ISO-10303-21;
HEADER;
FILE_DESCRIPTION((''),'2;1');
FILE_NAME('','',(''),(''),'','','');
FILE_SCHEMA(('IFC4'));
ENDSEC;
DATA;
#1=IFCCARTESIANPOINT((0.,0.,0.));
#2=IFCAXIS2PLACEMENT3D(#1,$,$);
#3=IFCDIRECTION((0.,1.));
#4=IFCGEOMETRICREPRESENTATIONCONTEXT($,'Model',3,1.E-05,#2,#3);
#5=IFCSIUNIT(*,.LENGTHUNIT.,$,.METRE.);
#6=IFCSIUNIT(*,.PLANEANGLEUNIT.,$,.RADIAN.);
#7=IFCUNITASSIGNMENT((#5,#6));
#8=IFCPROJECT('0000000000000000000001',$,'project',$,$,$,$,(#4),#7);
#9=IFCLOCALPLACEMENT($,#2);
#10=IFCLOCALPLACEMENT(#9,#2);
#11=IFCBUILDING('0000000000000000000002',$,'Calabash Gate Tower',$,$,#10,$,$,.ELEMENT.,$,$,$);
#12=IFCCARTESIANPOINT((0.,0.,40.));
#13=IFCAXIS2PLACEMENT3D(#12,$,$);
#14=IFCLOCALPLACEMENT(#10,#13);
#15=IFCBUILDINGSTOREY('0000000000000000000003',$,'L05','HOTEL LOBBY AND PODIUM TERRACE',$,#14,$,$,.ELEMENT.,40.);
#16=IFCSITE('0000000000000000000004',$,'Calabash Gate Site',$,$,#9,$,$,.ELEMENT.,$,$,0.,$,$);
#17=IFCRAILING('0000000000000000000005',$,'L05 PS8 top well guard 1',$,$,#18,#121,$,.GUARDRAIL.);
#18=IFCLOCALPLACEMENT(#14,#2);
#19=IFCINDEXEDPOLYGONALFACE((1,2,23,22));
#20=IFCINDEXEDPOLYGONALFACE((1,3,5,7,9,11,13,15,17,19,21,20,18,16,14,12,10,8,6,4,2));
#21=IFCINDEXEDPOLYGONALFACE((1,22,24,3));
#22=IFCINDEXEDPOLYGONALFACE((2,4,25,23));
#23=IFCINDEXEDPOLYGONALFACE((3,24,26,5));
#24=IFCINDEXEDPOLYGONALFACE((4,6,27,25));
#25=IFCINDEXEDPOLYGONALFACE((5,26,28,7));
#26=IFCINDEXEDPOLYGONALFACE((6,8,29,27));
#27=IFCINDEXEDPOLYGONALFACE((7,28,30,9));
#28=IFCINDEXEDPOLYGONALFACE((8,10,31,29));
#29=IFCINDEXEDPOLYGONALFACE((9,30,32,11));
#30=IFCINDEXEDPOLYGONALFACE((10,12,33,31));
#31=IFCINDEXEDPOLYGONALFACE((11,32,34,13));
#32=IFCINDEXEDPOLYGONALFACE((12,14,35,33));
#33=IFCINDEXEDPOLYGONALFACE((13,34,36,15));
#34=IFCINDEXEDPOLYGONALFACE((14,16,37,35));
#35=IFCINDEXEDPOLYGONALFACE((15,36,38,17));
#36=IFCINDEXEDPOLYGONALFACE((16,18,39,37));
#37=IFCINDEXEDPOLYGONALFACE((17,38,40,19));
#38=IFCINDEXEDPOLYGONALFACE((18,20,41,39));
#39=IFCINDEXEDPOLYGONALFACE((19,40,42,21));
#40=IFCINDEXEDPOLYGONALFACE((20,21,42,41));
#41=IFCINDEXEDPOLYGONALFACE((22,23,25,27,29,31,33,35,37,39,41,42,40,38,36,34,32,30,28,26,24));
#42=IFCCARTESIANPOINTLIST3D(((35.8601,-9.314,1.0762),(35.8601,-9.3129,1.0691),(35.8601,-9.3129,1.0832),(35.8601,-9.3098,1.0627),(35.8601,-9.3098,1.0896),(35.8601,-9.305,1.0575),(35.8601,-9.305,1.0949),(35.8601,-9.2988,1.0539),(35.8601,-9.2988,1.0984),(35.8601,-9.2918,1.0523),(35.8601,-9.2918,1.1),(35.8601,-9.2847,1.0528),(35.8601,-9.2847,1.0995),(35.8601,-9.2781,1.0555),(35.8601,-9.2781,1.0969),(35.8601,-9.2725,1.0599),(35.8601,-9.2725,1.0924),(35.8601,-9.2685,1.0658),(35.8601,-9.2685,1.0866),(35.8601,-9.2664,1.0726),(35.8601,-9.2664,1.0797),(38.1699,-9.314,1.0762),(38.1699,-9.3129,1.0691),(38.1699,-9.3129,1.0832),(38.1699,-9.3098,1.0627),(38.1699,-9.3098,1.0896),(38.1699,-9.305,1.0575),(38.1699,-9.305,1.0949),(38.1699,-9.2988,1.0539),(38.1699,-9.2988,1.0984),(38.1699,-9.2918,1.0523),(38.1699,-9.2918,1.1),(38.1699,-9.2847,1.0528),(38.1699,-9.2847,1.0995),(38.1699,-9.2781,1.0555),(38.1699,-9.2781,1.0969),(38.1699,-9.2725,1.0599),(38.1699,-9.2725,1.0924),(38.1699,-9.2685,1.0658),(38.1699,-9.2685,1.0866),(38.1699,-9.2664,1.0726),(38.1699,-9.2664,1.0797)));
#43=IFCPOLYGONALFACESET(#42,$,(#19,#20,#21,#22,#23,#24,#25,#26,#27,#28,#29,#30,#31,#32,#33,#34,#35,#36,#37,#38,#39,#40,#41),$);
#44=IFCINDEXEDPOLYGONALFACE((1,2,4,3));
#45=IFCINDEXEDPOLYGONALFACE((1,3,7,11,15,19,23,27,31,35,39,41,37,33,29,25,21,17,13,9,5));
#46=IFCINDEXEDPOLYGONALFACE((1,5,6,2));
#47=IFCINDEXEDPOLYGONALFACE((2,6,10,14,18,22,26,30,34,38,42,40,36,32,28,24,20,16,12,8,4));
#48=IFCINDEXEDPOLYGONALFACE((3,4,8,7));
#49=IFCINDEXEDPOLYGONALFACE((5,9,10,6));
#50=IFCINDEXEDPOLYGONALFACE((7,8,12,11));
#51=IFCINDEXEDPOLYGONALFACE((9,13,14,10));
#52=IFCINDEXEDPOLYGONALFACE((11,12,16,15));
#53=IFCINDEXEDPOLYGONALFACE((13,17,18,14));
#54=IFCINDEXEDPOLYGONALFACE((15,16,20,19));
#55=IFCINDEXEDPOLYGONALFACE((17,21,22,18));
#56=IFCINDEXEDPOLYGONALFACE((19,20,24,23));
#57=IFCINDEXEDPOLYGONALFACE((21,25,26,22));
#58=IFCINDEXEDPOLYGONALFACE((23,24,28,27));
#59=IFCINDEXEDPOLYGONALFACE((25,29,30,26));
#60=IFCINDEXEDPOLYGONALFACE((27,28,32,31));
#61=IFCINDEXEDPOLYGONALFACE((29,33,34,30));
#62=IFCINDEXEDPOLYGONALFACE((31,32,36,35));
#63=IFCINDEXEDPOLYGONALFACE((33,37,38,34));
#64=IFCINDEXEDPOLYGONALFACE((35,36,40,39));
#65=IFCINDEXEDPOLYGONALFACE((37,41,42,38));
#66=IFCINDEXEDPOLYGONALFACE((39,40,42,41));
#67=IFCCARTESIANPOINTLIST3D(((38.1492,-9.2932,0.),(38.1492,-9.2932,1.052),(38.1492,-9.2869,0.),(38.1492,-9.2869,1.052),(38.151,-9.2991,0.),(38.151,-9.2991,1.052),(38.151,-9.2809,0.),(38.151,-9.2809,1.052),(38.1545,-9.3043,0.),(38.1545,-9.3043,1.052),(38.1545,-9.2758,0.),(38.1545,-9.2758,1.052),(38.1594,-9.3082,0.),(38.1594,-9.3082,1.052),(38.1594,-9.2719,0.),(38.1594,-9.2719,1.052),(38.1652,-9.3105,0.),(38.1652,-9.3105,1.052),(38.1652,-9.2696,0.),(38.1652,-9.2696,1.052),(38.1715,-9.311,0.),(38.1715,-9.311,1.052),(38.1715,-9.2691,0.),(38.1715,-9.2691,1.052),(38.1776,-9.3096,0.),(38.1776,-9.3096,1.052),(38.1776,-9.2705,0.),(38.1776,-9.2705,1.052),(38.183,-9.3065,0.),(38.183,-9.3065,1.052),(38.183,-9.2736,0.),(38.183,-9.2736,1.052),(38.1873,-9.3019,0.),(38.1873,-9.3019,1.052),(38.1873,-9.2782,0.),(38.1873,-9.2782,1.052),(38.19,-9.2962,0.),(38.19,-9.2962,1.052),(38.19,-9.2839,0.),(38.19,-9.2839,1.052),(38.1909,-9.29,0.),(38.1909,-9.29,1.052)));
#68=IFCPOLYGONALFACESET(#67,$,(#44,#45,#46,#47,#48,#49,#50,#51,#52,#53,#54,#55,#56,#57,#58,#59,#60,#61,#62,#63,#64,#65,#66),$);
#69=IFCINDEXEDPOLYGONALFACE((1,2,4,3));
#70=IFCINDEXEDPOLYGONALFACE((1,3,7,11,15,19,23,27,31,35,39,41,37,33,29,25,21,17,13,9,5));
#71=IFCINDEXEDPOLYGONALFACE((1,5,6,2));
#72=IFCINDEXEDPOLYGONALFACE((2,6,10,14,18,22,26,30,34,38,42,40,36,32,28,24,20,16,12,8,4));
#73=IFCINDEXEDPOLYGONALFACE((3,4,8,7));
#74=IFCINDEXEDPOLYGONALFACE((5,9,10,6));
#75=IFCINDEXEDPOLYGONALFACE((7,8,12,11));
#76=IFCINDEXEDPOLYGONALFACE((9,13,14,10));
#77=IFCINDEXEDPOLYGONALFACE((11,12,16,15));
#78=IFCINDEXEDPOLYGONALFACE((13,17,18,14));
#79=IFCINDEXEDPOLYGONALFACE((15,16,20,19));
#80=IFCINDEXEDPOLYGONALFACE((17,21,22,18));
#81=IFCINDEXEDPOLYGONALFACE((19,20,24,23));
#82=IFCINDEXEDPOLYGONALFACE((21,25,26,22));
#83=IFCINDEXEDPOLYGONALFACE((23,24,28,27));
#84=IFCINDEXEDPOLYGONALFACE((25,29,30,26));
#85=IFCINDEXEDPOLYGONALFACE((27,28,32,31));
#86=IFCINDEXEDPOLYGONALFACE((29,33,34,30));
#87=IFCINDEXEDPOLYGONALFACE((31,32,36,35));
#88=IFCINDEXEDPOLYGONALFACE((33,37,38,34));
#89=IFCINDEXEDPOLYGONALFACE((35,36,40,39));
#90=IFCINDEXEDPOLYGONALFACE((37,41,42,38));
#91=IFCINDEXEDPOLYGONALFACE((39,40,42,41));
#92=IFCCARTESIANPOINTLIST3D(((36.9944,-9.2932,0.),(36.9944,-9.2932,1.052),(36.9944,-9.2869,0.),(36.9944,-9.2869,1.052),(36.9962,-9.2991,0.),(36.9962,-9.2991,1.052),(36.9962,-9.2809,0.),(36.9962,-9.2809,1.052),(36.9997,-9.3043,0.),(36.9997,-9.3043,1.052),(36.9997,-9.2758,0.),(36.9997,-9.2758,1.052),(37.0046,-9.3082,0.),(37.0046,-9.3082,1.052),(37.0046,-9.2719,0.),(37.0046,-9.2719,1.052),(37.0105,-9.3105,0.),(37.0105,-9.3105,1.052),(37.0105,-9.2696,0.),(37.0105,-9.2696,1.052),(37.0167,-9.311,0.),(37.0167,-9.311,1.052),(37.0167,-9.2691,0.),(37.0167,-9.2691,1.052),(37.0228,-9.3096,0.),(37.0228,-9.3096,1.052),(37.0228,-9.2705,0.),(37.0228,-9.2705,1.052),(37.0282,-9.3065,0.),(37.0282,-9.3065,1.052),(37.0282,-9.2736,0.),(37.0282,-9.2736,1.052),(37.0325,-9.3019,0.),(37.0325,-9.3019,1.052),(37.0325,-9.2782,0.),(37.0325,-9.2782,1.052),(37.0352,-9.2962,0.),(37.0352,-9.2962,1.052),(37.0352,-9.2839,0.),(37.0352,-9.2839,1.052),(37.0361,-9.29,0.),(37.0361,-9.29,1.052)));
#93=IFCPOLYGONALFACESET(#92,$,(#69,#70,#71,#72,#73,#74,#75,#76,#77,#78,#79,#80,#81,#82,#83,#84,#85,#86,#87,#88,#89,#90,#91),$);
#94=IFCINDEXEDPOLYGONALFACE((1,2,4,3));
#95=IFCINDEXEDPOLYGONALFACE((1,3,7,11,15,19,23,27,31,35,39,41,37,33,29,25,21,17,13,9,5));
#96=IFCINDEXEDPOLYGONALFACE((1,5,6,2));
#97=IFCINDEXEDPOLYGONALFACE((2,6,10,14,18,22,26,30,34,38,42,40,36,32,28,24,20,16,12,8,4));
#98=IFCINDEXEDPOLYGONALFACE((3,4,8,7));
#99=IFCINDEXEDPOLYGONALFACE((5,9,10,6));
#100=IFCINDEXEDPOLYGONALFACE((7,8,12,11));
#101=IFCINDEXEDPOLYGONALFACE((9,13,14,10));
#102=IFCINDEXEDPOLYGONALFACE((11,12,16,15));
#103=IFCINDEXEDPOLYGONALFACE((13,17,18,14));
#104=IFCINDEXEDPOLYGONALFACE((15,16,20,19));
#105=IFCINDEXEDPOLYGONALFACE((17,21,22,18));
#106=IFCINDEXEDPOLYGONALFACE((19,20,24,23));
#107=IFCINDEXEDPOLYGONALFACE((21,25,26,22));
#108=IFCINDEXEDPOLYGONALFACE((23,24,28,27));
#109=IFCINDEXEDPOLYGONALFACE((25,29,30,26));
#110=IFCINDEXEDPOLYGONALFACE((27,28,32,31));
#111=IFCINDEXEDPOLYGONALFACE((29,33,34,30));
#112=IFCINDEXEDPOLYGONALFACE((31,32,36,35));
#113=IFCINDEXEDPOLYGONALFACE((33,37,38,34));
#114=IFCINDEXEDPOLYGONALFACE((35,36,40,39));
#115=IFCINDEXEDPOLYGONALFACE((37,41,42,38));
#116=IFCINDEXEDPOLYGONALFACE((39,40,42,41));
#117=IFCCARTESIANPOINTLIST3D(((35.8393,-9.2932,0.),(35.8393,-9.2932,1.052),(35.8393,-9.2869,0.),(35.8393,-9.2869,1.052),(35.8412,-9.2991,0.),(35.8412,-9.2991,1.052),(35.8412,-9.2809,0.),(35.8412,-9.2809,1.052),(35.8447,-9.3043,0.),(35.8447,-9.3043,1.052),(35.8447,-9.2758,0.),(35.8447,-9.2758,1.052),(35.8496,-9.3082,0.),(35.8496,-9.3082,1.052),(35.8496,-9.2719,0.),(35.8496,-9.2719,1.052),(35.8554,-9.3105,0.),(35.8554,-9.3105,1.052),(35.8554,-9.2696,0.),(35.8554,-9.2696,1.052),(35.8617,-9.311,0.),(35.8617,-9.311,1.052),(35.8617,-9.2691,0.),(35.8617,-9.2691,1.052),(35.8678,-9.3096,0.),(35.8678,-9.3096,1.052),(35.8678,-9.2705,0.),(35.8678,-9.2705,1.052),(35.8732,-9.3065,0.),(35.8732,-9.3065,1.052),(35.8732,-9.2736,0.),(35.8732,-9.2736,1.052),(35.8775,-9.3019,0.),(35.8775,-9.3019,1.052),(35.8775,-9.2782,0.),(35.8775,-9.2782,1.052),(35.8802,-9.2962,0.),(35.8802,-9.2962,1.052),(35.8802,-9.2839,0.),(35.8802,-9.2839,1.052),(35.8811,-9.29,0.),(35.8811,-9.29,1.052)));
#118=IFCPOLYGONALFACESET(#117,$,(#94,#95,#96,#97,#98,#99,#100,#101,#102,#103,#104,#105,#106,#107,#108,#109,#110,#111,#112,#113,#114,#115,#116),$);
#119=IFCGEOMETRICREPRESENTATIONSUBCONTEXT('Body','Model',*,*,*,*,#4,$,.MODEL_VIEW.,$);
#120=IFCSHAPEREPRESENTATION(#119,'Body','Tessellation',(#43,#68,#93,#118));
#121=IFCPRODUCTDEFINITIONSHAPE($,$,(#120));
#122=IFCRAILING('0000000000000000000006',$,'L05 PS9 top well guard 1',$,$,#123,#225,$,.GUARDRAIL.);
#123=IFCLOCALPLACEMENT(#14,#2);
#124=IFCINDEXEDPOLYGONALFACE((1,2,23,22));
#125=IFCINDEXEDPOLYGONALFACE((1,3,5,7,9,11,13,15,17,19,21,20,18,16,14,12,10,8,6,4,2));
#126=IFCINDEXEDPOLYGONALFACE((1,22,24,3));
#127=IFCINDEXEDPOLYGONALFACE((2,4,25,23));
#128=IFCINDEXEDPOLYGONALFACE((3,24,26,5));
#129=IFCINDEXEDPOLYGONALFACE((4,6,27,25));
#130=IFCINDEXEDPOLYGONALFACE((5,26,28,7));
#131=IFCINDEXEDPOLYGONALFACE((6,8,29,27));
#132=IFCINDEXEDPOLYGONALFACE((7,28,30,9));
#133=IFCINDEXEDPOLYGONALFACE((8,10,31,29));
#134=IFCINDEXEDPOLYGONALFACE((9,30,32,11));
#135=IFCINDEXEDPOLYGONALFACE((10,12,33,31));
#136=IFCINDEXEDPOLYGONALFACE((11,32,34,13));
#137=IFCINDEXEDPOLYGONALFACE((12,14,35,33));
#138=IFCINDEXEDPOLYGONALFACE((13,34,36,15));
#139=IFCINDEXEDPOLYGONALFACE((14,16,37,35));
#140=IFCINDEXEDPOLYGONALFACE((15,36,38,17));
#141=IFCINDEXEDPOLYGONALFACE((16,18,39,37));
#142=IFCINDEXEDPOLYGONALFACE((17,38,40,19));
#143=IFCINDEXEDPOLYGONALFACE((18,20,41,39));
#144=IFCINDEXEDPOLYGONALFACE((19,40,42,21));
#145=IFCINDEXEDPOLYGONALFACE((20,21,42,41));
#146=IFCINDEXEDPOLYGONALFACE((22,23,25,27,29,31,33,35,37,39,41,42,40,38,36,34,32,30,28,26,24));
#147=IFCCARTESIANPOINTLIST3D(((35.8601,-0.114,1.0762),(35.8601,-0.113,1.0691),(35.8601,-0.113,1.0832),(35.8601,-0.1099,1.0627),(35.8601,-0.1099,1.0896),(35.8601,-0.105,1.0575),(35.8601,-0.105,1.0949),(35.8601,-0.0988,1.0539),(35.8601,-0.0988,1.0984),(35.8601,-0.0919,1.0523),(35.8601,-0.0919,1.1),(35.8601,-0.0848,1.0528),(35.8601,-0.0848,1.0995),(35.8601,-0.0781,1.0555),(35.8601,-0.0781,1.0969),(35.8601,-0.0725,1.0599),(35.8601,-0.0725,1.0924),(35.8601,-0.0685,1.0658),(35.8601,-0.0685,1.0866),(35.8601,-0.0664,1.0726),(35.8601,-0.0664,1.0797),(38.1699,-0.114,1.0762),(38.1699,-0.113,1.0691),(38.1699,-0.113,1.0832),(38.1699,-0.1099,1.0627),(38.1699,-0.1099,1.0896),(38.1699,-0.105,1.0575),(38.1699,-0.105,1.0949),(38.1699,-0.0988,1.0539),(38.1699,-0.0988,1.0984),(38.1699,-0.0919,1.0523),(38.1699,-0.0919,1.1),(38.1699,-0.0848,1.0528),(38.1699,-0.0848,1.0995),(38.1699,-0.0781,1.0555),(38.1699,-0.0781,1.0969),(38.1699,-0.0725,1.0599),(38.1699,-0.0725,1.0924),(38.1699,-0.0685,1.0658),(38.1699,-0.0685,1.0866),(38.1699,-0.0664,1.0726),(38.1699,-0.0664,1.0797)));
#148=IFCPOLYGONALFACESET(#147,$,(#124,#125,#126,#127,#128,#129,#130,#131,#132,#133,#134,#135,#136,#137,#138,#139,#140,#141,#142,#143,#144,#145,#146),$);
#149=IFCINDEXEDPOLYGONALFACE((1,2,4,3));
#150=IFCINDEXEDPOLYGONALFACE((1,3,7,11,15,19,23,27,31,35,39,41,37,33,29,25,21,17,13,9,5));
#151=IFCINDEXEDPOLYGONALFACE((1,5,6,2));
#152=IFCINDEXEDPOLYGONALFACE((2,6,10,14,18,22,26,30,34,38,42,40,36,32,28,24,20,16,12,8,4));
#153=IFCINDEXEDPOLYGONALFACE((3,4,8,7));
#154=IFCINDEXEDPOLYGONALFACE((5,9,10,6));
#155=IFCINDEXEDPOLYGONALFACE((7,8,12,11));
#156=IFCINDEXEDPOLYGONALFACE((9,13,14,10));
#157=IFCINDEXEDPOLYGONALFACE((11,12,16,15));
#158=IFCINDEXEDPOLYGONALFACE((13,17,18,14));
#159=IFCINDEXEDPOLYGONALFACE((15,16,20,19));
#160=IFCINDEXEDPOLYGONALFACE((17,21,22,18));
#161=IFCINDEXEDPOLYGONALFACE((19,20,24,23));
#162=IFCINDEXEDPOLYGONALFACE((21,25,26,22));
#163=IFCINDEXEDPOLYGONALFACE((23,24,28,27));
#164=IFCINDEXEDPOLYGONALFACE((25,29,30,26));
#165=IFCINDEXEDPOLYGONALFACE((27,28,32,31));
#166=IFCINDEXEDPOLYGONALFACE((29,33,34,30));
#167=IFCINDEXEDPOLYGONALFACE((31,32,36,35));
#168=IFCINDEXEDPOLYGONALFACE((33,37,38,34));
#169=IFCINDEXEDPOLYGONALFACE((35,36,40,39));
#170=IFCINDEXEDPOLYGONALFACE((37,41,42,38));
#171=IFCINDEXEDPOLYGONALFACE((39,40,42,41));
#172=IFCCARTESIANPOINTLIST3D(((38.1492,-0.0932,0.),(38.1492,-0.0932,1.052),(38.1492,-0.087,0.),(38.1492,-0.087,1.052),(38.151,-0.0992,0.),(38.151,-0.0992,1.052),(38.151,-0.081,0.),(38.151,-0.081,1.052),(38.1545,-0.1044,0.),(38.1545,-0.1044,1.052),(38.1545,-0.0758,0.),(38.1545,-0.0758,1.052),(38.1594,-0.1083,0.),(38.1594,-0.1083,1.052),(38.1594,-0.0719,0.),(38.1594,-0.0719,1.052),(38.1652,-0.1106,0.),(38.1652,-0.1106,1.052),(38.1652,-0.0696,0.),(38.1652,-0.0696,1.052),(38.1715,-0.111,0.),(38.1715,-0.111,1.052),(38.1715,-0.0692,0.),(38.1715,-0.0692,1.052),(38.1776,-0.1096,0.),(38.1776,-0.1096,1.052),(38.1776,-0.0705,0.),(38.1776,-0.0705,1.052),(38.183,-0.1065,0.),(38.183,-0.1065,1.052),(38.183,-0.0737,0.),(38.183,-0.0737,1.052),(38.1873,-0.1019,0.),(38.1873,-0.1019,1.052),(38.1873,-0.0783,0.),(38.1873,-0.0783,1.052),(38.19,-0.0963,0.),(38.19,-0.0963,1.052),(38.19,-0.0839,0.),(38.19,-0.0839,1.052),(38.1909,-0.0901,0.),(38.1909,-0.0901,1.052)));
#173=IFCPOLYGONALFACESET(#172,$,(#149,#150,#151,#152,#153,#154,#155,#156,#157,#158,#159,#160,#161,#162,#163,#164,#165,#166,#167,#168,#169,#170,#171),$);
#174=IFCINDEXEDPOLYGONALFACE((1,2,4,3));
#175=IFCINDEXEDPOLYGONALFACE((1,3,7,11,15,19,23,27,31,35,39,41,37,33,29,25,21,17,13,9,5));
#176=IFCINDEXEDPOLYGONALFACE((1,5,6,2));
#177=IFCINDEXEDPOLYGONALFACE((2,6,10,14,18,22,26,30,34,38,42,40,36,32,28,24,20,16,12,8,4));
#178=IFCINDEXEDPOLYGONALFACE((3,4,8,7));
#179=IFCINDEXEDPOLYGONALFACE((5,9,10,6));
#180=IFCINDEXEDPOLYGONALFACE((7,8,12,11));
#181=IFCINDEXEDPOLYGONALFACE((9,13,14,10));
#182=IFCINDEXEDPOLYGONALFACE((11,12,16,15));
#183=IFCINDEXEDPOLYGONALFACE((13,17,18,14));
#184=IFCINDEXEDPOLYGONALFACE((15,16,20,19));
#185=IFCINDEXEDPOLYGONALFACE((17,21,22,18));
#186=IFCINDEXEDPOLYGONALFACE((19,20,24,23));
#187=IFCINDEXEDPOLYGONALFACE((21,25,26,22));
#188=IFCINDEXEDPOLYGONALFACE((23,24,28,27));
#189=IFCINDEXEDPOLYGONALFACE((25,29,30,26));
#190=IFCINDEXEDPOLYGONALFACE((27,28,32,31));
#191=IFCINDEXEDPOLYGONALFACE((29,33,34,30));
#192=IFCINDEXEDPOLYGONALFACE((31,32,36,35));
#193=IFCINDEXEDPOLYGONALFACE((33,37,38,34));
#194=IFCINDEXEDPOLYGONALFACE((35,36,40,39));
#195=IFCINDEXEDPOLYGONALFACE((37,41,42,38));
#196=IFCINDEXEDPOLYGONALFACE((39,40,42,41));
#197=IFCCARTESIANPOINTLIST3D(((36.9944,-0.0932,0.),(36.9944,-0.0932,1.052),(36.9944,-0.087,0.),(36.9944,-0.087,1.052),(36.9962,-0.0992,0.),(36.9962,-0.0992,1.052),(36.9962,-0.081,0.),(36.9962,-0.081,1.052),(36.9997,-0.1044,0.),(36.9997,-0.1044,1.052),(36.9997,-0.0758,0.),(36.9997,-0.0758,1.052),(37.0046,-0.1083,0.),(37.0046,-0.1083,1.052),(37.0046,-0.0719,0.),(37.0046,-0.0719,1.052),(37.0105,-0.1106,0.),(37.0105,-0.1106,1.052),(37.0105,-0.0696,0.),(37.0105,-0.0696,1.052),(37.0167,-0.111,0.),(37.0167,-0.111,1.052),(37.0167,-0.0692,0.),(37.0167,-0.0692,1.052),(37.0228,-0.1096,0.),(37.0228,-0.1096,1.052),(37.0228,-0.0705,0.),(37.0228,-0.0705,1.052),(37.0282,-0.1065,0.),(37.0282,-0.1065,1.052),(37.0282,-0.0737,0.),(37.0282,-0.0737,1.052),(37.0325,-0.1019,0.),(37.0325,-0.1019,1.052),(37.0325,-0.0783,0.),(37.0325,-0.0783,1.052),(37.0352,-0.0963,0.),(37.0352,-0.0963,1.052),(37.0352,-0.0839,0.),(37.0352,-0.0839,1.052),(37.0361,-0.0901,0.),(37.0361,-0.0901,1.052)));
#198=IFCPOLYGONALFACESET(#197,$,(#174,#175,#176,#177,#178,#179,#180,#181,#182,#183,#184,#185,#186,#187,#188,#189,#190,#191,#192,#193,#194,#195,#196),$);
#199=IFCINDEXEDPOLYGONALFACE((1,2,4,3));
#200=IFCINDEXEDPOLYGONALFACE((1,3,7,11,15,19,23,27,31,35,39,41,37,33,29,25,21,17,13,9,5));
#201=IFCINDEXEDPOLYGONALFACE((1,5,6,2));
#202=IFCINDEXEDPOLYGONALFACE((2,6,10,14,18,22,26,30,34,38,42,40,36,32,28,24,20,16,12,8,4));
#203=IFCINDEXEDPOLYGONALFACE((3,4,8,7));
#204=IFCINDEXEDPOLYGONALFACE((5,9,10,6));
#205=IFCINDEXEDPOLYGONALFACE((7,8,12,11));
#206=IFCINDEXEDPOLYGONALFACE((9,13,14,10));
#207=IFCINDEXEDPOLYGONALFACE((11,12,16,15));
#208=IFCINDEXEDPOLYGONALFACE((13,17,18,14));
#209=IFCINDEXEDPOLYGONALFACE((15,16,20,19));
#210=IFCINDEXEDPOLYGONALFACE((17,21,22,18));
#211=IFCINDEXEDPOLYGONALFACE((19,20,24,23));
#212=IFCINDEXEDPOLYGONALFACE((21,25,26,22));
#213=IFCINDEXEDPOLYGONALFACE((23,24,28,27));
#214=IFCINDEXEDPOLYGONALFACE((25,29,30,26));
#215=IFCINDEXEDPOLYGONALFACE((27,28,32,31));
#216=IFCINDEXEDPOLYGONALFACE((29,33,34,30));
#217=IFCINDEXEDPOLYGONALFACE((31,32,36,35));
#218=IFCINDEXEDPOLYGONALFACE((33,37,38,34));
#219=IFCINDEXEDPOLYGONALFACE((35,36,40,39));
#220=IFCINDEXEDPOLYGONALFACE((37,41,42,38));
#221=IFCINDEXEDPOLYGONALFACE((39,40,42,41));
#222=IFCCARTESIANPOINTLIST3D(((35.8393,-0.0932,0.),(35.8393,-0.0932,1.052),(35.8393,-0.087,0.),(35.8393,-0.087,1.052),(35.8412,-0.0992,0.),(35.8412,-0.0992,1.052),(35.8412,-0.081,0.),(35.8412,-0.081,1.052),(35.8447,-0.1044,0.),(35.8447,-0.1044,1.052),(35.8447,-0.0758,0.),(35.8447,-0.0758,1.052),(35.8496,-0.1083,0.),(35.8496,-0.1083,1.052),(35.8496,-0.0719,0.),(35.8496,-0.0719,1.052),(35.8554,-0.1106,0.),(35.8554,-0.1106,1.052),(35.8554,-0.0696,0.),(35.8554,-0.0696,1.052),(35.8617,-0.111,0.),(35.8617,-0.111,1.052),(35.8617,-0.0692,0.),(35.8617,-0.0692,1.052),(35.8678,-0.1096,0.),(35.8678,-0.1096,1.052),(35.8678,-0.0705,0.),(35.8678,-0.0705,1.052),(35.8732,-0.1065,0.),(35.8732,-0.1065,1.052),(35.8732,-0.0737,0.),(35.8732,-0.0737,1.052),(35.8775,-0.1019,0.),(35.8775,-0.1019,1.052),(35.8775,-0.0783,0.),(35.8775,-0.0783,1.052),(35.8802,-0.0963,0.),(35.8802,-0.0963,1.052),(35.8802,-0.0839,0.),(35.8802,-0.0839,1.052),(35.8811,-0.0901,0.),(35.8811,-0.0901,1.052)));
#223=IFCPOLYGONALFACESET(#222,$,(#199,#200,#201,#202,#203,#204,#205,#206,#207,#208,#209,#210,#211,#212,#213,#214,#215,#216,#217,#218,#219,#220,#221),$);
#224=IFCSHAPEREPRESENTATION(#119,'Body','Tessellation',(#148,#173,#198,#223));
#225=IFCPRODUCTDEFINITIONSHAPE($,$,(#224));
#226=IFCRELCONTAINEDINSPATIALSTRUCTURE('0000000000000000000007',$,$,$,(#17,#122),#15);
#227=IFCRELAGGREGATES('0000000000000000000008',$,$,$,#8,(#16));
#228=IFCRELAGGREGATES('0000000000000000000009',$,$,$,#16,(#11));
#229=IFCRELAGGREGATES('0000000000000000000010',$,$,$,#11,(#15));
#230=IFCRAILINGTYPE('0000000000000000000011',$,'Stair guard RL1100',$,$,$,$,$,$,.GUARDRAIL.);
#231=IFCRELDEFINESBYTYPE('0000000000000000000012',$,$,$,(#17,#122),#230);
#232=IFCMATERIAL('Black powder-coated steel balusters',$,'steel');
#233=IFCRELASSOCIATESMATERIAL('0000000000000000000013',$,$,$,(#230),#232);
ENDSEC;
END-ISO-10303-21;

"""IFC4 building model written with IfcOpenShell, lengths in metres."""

from ifc_helpers import new_model, si_unit, direction, frame, origin, origin_2d, place, context, subcontext, project, spatial, circle, extrude, material, type_object, element, save


model = new_model("IFC4")

# Units and contexts
model_context = context("Model", 3, precision=1e-05, world=origin(), true_north=direction((0.0, 1.0)))
body_context = subcontext(model_context, "Body", "Model", "MODEL_VIEW")
ifc_project = project(units=[si_unit("LENGTHUNIT", "METRE"), si_unit("PLANEANGLEUNIT", "RADIAN")], contexts=[model_context])

# Site, building, storey
site_placement = place(None, origin())
site = spatial("IfcSite", under=ifc_project, at=site_placement, Name="Calabash Gate Site", CompositionType="ELEMENT", RefElevation=0.0)
building_placement = place(site_placement, origin())
building = spatial("IfcBuilding", under=site, at=building_placement, Name="Calabash Gate Tower", CompositionType="ELEMENT")
storey_placement = place(building_placement, frame((0.0, 0.0, 40.0)))
storey = spatial("IfcBuildingStorey", under=building, at=storey_placement, Name="L05", Description="HOTEL LOBBY AND PODIUM TERRACE", CompositionType="ELEMENT", Elevation=40.0)

# Railings
ifc_material_1 = material(Name="Black powder-coated steel balusters", Category="steel")
railing_type = type_object("IfcRailingType", Name="Stair guard RL1100", PredefinedType="GUARDRAIL", material=ifc_material_1)
for number, where, name in (
    (1, (38.1699, -9.29, 0.0), "L05 PS8 top well guard 1"),
    (2, (38.1699, -0.0901, 0.0), "L05 PS9 top well guard 1"),
):
    element("IfcRailing", number, at=place(storey_placement, frame(where)), inside=storey, type_object=railing_type, Name=name, PredefinedType="GUARDRAIL", context=body_context, shape_type="SweptSolid", body=[
        extrude(circle(Radius=0.0239, at=origin_2d()), frame((0.0, 0.0, 1.0762), z_axis=(-1.0, 0.0, 0.0), x_axis=(0.0, -1.0, 0.0)), (0.0, 0.0, 1.0), 2.3098),
        extrude(circle(Radius=0.021, at=origin_2d()), origin(), (0.0, 0.0, 1.0), 1.052),
        extrude(circle(Radius=0.021, at=origin_2d()), frame((-1.1548, 0.0, 0.0)), (0.0, 0.0, 1.0), 1.052),
        extrude(circle(Radius=0.021, at=origin_2d()), frame((-2.3098, 0.0, 0.0)), (0.0, 0.0, 1.0), 1.052),
    ])

save(model, "model.ifc")
